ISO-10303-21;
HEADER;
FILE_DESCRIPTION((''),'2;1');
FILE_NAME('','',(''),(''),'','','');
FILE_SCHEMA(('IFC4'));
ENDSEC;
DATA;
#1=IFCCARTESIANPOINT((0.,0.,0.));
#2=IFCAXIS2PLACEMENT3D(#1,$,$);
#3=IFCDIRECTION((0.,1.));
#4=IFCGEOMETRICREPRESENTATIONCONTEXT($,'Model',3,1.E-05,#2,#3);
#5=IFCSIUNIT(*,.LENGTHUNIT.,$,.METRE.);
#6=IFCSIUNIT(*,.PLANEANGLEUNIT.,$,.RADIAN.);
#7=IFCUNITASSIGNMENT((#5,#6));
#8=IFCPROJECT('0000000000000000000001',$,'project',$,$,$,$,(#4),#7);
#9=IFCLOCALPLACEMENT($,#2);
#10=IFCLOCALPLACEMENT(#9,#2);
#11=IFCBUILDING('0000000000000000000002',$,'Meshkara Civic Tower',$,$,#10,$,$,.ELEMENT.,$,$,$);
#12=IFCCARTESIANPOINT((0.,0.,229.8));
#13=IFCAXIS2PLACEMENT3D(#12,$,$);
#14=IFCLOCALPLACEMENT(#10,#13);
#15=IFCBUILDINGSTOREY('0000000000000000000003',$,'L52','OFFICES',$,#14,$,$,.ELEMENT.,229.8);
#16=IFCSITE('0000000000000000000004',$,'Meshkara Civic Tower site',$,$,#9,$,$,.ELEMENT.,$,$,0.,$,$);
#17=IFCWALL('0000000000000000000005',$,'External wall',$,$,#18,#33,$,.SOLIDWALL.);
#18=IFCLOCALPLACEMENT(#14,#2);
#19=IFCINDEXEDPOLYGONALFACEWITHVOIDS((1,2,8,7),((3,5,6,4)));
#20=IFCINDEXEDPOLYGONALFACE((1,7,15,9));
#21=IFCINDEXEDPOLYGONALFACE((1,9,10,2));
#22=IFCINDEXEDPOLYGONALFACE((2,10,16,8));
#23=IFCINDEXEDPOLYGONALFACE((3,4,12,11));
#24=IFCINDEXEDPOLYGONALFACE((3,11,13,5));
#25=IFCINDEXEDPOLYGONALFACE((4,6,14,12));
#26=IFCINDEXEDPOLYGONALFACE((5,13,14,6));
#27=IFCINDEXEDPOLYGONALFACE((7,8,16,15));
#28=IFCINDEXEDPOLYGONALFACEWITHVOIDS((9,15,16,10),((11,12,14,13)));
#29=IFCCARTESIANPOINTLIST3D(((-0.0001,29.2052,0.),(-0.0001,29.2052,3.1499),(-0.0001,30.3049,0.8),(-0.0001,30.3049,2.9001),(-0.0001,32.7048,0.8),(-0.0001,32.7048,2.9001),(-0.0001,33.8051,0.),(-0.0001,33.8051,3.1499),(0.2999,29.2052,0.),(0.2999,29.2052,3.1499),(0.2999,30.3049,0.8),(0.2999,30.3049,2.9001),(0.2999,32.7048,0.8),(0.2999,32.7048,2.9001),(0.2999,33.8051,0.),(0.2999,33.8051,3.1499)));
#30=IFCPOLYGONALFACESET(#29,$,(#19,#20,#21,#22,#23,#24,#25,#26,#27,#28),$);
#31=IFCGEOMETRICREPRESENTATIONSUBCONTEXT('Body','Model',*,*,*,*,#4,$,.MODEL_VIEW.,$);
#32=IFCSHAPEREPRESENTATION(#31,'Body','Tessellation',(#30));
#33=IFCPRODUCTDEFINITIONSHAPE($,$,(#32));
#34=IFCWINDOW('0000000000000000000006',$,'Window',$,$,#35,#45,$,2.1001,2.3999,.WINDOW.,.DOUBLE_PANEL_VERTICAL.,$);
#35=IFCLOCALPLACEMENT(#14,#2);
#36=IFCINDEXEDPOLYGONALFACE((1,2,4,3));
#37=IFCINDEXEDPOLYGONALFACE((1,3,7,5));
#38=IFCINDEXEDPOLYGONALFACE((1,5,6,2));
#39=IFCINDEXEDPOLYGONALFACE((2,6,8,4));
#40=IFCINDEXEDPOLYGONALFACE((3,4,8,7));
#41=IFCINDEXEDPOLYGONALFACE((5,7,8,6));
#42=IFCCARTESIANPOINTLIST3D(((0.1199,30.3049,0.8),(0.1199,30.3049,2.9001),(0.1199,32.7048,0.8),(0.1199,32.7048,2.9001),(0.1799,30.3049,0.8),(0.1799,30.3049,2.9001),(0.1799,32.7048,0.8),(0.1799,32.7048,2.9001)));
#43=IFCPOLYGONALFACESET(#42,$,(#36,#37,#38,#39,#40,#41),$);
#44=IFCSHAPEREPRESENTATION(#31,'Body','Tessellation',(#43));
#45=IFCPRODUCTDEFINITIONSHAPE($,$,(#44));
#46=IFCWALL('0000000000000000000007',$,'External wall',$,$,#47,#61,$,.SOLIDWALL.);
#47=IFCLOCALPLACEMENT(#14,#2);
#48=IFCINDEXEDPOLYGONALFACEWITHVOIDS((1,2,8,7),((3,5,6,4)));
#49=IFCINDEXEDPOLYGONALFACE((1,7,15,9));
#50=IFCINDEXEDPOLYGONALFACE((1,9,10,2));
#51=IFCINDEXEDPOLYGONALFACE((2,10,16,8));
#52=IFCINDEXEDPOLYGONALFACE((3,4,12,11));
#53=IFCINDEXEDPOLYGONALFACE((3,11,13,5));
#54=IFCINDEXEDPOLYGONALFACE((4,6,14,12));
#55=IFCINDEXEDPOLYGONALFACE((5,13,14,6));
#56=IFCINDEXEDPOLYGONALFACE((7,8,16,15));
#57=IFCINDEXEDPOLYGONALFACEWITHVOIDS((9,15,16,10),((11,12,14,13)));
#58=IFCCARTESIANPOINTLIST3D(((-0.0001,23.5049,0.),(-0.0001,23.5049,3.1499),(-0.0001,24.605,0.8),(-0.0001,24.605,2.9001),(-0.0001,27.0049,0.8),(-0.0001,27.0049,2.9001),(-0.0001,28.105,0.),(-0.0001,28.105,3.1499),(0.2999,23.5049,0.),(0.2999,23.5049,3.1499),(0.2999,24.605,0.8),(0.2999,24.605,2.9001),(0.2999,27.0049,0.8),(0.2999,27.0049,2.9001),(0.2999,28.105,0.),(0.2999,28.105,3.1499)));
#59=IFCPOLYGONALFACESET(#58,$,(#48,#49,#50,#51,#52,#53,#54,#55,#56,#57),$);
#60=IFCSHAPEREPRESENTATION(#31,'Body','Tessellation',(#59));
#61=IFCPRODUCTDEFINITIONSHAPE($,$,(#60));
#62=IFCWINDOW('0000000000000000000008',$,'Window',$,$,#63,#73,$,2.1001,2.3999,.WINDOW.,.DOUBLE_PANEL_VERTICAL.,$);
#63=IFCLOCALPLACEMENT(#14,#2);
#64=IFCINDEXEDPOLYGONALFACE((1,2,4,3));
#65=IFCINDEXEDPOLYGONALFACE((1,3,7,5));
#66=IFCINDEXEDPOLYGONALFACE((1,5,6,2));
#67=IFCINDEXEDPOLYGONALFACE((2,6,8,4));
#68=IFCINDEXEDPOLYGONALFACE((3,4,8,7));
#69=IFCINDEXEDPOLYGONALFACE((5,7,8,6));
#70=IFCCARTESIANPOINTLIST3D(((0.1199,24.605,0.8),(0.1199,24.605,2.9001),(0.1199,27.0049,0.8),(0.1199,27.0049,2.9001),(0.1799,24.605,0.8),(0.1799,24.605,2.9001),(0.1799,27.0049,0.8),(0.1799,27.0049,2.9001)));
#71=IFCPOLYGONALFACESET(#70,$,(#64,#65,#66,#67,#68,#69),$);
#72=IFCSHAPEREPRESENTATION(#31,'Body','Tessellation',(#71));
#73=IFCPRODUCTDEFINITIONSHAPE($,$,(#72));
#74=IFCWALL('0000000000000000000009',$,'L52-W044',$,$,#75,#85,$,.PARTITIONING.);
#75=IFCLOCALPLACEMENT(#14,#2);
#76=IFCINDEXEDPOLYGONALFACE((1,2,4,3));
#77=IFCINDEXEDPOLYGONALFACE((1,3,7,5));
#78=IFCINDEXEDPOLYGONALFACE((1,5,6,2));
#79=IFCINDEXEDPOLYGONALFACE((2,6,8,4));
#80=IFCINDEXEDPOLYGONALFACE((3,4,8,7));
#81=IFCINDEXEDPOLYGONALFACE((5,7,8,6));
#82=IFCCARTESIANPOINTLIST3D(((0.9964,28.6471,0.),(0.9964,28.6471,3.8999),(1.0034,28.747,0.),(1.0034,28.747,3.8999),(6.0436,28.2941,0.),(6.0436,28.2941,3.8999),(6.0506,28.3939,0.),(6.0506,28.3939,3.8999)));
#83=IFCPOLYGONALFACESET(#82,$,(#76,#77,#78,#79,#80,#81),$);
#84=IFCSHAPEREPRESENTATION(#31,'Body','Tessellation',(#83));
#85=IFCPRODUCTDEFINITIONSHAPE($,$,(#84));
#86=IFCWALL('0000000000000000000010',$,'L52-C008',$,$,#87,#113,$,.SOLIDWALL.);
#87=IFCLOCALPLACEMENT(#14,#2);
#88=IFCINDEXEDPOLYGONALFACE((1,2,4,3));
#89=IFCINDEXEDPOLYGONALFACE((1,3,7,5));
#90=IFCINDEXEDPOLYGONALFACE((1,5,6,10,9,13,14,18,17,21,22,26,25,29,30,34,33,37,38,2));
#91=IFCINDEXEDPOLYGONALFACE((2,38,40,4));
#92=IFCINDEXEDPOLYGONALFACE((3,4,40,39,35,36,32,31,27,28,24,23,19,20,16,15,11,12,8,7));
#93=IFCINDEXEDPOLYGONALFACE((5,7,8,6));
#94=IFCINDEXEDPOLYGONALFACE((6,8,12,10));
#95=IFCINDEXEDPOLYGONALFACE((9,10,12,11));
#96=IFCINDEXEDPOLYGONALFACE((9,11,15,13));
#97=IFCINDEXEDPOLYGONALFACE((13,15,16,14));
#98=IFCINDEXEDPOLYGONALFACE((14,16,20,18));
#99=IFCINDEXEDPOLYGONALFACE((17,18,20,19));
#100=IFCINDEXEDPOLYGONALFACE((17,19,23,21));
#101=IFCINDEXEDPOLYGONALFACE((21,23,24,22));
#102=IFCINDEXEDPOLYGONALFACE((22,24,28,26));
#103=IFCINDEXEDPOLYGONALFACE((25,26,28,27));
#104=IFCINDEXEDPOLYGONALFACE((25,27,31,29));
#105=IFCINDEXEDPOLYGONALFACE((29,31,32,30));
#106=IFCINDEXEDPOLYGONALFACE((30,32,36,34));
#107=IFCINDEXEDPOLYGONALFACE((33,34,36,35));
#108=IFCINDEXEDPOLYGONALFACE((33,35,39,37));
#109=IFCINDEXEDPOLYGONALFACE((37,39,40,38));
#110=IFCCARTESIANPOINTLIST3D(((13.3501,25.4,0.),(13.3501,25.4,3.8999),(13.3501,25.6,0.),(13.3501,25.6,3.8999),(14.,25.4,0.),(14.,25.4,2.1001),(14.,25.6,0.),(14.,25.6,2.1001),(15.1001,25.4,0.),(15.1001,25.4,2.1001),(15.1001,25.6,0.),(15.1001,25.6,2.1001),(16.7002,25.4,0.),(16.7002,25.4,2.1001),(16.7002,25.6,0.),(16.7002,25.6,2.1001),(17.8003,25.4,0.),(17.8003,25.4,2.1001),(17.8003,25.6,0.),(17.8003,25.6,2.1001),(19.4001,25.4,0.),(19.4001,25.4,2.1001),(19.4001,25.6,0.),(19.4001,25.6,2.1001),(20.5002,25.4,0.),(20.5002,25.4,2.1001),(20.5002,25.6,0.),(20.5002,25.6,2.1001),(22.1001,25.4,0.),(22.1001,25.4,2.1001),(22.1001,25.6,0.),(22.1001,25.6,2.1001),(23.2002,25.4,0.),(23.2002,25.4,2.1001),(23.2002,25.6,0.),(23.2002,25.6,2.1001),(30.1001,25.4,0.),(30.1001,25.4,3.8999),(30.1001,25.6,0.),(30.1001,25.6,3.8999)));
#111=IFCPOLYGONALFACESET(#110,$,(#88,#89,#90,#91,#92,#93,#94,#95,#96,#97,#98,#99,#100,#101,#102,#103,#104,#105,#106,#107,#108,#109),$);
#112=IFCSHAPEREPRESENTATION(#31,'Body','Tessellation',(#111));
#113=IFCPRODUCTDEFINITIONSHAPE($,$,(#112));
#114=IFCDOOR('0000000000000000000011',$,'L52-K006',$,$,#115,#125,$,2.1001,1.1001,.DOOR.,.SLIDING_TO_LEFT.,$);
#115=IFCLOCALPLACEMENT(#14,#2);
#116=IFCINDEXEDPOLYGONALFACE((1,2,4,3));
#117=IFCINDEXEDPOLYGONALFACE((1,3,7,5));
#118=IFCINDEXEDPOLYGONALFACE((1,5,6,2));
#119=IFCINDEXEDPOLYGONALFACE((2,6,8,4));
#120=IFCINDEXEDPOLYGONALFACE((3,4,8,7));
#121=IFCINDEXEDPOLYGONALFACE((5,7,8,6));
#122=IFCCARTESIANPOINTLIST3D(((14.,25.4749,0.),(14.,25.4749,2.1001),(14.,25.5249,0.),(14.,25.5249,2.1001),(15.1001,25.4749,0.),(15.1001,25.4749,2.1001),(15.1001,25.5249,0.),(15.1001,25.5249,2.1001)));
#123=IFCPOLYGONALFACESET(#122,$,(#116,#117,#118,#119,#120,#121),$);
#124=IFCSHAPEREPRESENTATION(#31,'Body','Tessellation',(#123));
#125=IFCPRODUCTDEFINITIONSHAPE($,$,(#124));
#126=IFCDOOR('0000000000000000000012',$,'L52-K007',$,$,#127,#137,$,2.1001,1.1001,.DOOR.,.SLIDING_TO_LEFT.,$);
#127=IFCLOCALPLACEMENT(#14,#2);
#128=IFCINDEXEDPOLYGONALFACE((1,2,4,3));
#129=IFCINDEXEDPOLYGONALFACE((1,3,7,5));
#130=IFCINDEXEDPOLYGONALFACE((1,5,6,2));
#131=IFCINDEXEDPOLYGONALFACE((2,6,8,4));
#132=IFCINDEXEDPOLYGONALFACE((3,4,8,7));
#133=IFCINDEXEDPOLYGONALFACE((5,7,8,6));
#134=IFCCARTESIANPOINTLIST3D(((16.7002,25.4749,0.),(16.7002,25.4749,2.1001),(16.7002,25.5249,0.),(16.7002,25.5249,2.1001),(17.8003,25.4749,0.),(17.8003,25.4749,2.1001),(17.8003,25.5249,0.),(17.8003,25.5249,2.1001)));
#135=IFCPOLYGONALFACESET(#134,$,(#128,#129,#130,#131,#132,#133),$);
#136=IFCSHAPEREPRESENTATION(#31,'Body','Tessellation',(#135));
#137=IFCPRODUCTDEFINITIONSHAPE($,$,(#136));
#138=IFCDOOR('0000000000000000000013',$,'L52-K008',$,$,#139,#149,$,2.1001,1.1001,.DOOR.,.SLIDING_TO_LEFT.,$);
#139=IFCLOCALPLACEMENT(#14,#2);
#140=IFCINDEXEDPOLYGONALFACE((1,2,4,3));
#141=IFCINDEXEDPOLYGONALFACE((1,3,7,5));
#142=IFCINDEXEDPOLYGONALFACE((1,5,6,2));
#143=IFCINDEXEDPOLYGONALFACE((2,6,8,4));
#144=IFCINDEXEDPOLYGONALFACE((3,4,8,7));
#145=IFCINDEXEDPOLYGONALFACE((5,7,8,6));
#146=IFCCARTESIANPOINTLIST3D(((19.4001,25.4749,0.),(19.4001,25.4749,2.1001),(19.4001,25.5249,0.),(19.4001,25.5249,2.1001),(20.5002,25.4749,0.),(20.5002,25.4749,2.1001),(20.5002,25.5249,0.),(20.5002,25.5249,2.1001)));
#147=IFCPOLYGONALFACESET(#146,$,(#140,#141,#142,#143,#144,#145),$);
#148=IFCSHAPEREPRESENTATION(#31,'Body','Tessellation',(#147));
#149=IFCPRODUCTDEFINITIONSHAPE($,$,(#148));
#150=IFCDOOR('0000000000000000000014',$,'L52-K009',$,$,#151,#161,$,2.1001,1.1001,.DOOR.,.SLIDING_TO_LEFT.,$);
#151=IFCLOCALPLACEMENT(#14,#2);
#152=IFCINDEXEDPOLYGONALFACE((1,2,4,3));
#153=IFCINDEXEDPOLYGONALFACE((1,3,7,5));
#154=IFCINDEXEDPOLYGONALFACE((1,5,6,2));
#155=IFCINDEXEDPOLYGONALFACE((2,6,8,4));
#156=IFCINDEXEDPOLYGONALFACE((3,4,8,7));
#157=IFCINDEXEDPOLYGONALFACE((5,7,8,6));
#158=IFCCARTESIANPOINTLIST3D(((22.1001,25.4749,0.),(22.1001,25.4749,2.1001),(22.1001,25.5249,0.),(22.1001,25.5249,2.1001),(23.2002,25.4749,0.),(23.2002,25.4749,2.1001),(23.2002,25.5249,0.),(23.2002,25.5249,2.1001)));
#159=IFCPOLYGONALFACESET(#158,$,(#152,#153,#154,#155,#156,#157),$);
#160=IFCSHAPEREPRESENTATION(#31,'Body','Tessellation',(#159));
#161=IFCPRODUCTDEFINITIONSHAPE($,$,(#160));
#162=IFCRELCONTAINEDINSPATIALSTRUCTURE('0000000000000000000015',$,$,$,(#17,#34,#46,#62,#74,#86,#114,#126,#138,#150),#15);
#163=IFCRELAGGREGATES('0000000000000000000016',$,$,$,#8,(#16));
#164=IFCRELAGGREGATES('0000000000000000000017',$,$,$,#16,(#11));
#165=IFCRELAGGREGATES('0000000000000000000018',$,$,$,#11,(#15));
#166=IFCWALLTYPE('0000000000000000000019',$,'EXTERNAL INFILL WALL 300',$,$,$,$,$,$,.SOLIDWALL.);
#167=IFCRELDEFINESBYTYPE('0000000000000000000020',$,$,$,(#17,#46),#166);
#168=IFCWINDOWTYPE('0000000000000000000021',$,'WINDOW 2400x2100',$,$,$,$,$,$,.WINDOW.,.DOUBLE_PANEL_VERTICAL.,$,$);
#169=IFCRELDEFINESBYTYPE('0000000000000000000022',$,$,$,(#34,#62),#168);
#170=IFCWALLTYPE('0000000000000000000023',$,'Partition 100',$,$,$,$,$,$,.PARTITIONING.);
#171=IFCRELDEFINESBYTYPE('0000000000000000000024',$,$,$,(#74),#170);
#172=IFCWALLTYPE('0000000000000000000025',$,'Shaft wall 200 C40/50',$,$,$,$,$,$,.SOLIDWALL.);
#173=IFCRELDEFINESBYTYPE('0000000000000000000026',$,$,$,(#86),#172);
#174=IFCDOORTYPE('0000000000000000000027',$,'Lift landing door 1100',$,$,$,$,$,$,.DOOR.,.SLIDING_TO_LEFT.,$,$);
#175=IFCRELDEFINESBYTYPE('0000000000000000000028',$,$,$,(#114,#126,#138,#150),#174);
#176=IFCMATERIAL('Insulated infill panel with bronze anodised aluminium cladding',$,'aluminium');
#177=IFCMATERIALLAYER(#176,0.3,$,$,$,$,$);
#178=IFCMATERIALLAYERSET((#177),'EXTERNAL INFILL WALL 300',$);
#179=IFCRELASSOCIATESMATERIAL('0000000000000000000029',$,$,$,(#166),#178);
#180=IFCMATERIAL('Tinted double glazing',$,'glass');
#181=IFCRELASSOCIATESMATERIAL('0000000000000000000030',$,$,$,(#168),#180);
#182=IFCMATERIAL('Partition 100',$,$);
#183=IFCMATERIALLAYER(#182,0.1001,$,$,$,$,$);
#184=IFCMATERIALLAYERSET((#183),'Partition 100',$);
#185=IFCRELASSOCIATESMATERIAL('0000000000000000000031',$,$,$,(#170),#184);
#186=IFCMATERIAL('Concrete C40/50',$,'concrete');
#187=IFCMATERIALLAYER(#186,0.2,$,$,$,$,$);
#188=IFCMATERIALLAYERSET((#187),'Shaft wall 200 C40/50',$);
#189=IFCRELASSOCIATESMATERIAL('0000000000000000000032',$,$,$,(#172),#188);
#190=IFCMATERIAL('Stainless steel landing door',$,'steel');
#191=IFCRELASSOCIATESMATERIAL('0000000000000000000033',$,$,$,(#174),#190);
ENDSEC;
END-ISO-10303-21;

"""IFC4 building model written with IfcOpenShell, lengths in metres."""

from ifc_helpers import new_model, si_unit, direction, frame, frame_2d, origin, place, context, subcontext, project, spatial, rectangle, extrude, material, layer, layer_set, type_object, element, fill, save


model = new_model("IFC4")

# Units and contexts
model_context = context("Model", 3, precision=1e-05, world=origin(), true_north=direction((0.0, 1.0)))
body_context = subcontext(model_context, "Body", "Model", "MODEL_VIEW")
ifc_project = project(units=[si_unit("LENGTHUNIT", "METRE"), si_unit("PLANEANGLEUNIT", "RADIAN")], contexts=[model_context])

# Site, building, storey
site_placement = place(None, origin())
site = spatial("IfcSite", under=ifc_project, at=site_placement, Name="Meshkara Civic Tower site", CompositionType="ELEMENT", RefElevation=0.0)
building_placement = place(site_placement, origin())
building = spatial("IfcBuilding", under=site, at=building_placement, Name="Meshkara Civic Tower", CompositionType="ELEMENT")
storey_placement = place(building_placement, frame((0.0, 0.0, 229.8)))
storey = spatial("IfcBuildingStorey", under=building, at=storey_placement, Name="L52", Description="OFFICES", CompositionType="ELEMENT", Elevation=229.8)

# Walls, openings, windows
ifc_material_1 = material(Name="Insulated infill panel with bronze anodised aluminium cladding", Category="aluminium")
ifc_layer_1 = layer(ifc_material_1, 0.3)
ifc_layer_set_1 = layer_set([ifc_layer_1], Name="EXTERNAL INFILL WALL 300")
wall_type_1 = type_object("IfcWallType", Name="EXTERNAL INFILL WALL 300", PredefinedType="SOLIDWALL", material=ifc_layer_set_1)
wall_1_placement = place(storey_placement, frame((0.1499, 33.8049, 0.0), z_axis=(0.0, 0.0, 1.0), x_axis=(0.0, -1.0, 0.0)))
wall_1 = element("IfcWall", 1, at=wall_1_placement, inside=storey, type_object=wall_type_1, Name="External wall", PredefinedType="SOLIDWALL", context=body_context, shape_type="SweptSolid", body=[
    extrude(rectangle(XDim=4.5999, YDim=0.3, at=frame_2d((2.2998, 0.0))), origin(), (0.0, 0.0, 1.0), 3.1499),
])
opening_1_placement = place(wall_1_placement, frame((1.1001, 0.0, 0.8)))
opening_1 = element("IfcOpeningElement", 2, at=opening_1_placement, cuts=wall_1, PredefinedType="OPENING", context=body_context, shape_type="SweptSolid", body=[
    extrude(rectangle(XDim=2.3999, YDim=2.1001, at=frame_2d((1.2, 1.05))), frame((0.0, 0.1599, 0.0), z_axis=(0.0, -1.0, 0.0), x_axis=(1.0, 0.0, 0.0)), (0.0, 0.0, 1.0), 0.3201),
])
ifc_material_2 = material(Name="Tinted double glazing", Category="glass")
window_type = type_object("IfcWindowType", Name="WINDOW 2400x2100", PartitioningType="DOUBLE_PANEL_VERTICAL", PredefinedType="WINDOW", material=ifc_material_2)
window_1_placement = place(opening_1_placement, origin())
window_1 = element("IfcWindow", 3, at=window_1_placement, inside=storey, type_object=window_type, Name="Window", OverallHeight=2.1001, OverallWidth=2.3999, PartitioningType="DOUBLE_PANEL_VERTICAL", PredefinedType="WINDOW", context=body_context, shape_type="SweptSolid", body=[
    extrude(rectangle(XDim=2.3999, YDim=2.1001, at=frame_2d((1.2, 1.05))), frame((0.0, 0.03, 0.0), z_axis=(0.0, -1.0, 0.0), x_axis=(1.0, 0.0, 0.0)), (0.0, 0.0, 1.0), 0.0601),
])
fill(opening_1, window_1)
wall_2_placement = place(storey_placement, frame((0.1499, 28.105, 0.0), z_axis=(0.0, 0.0, 1.0), x_axis=(0.0, -1.0, 0.0)))
wall_2 = element("IfcWall", 4, at=wall_2_placement, inside=storey, type_object=wall_type_1, Name="External wall", PredefinedType="SOLIDWALL", context=body_context, shape_type="SweptSolid", body=[
    extrude(rectangle(XDim=4.6001, YDim=0.3, at=frame_2d((2.3, 0.0))), origin(), (0.0, 0.0, 1.0), 3.1499),
])
opening_2_placement = place(wall_2_placement, frame((1.1001, 0.0, 0.8)))
opening_2 = element("IfcOpeningElement", 5, at=opening_2_placement, cuts=wall_2, PredefinedType="OPENING", context=body_context, shape_type="SweptSolid", body=[
    extrude(rectangle(XDim=2.3999, YDim=2.1001, at=frame_2d((1.2, 1.05))), frame((0.0, 0.1599, 0.0), z_axis=(0.0, -1.0, 0.0), x_axis=(1.0, 0.0, 0.0)), (0.0, 0.0, 1.0), 0.3201),
])
window_2_placement = place(opening_2_placement, origin())
window_2 = element("IfcWindow", 6, at=window_2_placement, inside=storey, type_object=window_type, Name="Window", OverallHeight=2.1001, OverallWidth=2.3999, PartitioningType="DOUBLE_PANEL_VERTICAL", PredefinedType="WINDOW", context=body_context, shape_type="SweptSolid", body=[
    extrude(rectangle(XDim=2.3999, YDim=2.1001, at=frame_2d((1.2, 1.05))), frame((0.0, 0.03, 0.0), z_axis=(0.0, -1.0, 0.0), x_axis=(1.0, 0.0, 0.0)), (0.0, 0.0, 1.0), 0.0601),
])
fill(opening_2, window_2)

# Wall
ifc_material_3 = material(Name="Partition 100")
ifc_layer_2 = layer(ifc_material_3, 0.1001)
ifc_layer_set_2 = layer_set([ifc_layer_2], Name="Partition 100")
wall_type_2 = type_object("IfcWallType", Name="Partition 100", PredefinedType="PARTITIONING", material=ifc_layer_set_2)
wall_3_placement = place(storey_placement, frame((6.0471, 28.344, 0.0), z_axis=(0.0, 0.0, 1.0), x_axis=(-0.997563, 0.069776, 0.0)))
element("IfcWall", 7, at=wall_3_placement, inside=storey, type_object=wall_type_2, Name="L52-W044", PredefinedType="PARTITIONING", context=body_context, shape_type="SweptSolid", body=[
    extrude(rectangle(XDim=5.0596, YDim=0.1001, at=frame_2d((2.5298, 0.0))), origin(), (0.0, 0.0, 1.0), 3.8999),
])

# Wall, openings, doors
ifc_material_4 = material(Name="Concrete C40/50", Category="concrete")
ifc_layer_3 = layer(ifc_material_4, 0.2)
ifc_layer_set_3 = layer_set([ifc_layer_3], Name="Shaft wall 200 C40/50")
wall_type_3 = type_object("IfcWallType", Name="Shaft wall 200 C40/50", PredefinedType="SOLIDWALL", material=ifc_layer_set_3)
wall_4_placement = place(storey_placement, frame((13.3501, 25.5, 0.0), z_axis=(0.0, 0.0, 1.0), x_axis=(1.0, 0.0, 0.0)))
wall_4 = element("IfcWall", 8, at=wall_4_placement, inside=storey, type_object=wall_type_3, Name="L52-C008", PredefinedType="SOLIDWALL", context=body_context, shape_type="SweptSolid", body=[
    extrude(rectangle(XDim=16.75, YDim=0.2, at=frame_2d((8.375, 0.0))), origin(), (0.0, 0.0, 1.0), 3.8999),
])
opening_3_placement = place(wall_4_placement, frame((0.6499, 0.0, 0.0)))
opening_3 = element("IfcOpeningElement", 9, at=opening_3_placement, cuts=wall_4, PredefinedType="OPENING", context=body_context, shape_type="SweptSolid", body=[
    extrude(rectangle(XDim=1.1001, YDim=2.1001, at=frame_2d((0.55, 1.05))), frame((0.0, 0.1099, 0.0), z_axis=(0.0, -1.0, 0.0), x_axis=(1.0, 0.0, 0.0)), (0.0, 0.0, 1.0), 0.22),
])
opening_4_placement = place(wall_4_placement, frame((3.3501, 0.0, 0.0)))
opening_4 = element("IfcOpeningElement", 10, at=opening_4_placement, cuts=wall_4, PredefinedType="OPENING", context=body_context, shape_type="SweptSolid", body=[
    extrude(rectangle(XDim=1.1001, YDim=2.1001, at=frame_2d((0.55, 1.05))), frame((0.0, 0.1099, 0.0), z_axis=(0.0, -1.0, 0.0), x_axis=(1.0, 0.0, 0.0)), (0.0, 0.0, 1.0), 0.22),
])
opening_5_placement = place(wall_4_placement, frame((6.05, 0.0, 0.0)))
opening_5 = element("IfcOpeningElement", 11, at=opening_5_placement, cuts=wall_4, PredefinedType="OPENING", context=body_context, shape_type="SweptSolid", body=[
    extrude(rectangle(XDim=1.1001, YDim=2.1001, at=frame_2d((0.55, 1.05))), frame((0.0, 0.1099, 0.0), z_axis=(0.0, -1.0, 0.0), x_axis=(1.0, 0.0, 0.0)), (0.0, 0.0, 1.0), 0.22),
])
opening_6_placement = place(wall_4_placement, frame((8.75, 0.0, 0.0)))
opening_6 = element("IfcOpeningElement", 12, at=opening_6_placement, cuts=wall_4, PredefinedType="OPENING", context=body_context, shape_type="SweptSolid", body=[
    extrude(rectangle(XDim=1.1001, YDim=2.1001, at=frame_2d((0.55, 1.05))), frame((0.0, 0.1099, 0.0), z_axis=(0.0, -1.0, 0.0), x_axis=(1.0, 0.0, 0.0)), (0.0, 0.0, 1.0), 0.22),
])
ifc_material_5 = material(Name="Stainless steel landing door", Category="steel")
door_type_1 = type_object("IfcDoorType", Name="Lift landing door 1100", OperationType="SLIDING_TO_LEFT", PredefinedType="DOOR", material=ifc_material_5)
door_1_placement = place(opening_3_placement, origin())
door_1 = element("IfcDoor", 13, at=door_1_placement, inside=storey, type_object=door_type_1, Name="L52-K006", OperationType="SLIDING_TO_LEFT", OverallHeight=2.1001, OverallWidth=1.1001, PredefinedType="DOOR", context=body_context, shape_type="SweptSolid", body=[
    extrude(rectangle(XDim=1.1001, YDim=2.1001, at=frame_2d((0.55, 1.05))), frame((0.0, 0.0249, 0.0), z_axis=(0.0, -1.0, 0.0), x_axis=(1.0, 0.0, 0.0)), (0.0, 0.0, 1.0), 0.05),
])
fill(opening_3, door_1)
door_2_placement = place(opening_4_placement, origin())
door_2 = element("IfcDoor", 14, at=door_2_placement, inside=storey, type_object=door_type_1, Name="L52-K007", OperationType="SLIDING_TO_LEFT", OverallHeight=2.1001, OverallWidth=1.1001, PredefinedType="DOOR", context=body_context, shape_type="SweptSolid", body=[
    extrude(rectangle(XDim=1.1001, YDim=2.1001, at=frame_2d((0.55, 1.05))), frame((0.0, 0.0249, 0.0), z_axis=(0.0, -1.0, 0.0), x_axis=(1.0, 0.0, 0.0)), (0.0, 0.0, 1.0), 0.05),
])
fill(opening_4, door_2)
door_3_placement = place(opening_5_placement, origin())
door_3 = element("IfcDoor", 15, at=door_3_placement, inside=storey, type_object=door_type_1, Name="L52-K008", OperationType="SLIDING_TO_LEFT", OverallHeight=2.1001, OverallWidth=1.1001, PredefinedType="DOOR", context=body_context, shape_type="SweptSolid", body=[
    extrude(rectangle(XDim=1.1001, YDim=2.1001, at=frame_2d((0.55, 1.05))), frame((0.0, 0.0249, 0.0), z_axis=(0.0, -1.0, 0.0), x_axis=(1.0, 0.0, 0.0)), (0.0, 0.0, 1.0), 0.05),
])
fill(opening_5, door_3)
door_4_placement = place(opening_6_placement, origin())
door_4 = element("IfcDoor", 16, at=door_4_placement, inside=storey, type_object=door_type_1, Name="L52-K009", OperationType="SLIDING_TO_LEFT", OverallHeight=2.1001, OverallWidth=1.1001, PredefinedType="DOOR", context=body_context, shape_type="SweptSolid", body=[
    extrude(rectangle(XDim=1.1001, YDim=2.1001, at=frame_2d((0.55, 1.05))), frame((0.0, 0.0249, 0.0), z_axis=(0.0, -1.0, 0.0), x_axis=(1.0, 0.0, 0.0)), (0.0, 0.0, 1.0), 0.05),
])
fill(opening_6, door_4)

save(model, "model.ifc")
